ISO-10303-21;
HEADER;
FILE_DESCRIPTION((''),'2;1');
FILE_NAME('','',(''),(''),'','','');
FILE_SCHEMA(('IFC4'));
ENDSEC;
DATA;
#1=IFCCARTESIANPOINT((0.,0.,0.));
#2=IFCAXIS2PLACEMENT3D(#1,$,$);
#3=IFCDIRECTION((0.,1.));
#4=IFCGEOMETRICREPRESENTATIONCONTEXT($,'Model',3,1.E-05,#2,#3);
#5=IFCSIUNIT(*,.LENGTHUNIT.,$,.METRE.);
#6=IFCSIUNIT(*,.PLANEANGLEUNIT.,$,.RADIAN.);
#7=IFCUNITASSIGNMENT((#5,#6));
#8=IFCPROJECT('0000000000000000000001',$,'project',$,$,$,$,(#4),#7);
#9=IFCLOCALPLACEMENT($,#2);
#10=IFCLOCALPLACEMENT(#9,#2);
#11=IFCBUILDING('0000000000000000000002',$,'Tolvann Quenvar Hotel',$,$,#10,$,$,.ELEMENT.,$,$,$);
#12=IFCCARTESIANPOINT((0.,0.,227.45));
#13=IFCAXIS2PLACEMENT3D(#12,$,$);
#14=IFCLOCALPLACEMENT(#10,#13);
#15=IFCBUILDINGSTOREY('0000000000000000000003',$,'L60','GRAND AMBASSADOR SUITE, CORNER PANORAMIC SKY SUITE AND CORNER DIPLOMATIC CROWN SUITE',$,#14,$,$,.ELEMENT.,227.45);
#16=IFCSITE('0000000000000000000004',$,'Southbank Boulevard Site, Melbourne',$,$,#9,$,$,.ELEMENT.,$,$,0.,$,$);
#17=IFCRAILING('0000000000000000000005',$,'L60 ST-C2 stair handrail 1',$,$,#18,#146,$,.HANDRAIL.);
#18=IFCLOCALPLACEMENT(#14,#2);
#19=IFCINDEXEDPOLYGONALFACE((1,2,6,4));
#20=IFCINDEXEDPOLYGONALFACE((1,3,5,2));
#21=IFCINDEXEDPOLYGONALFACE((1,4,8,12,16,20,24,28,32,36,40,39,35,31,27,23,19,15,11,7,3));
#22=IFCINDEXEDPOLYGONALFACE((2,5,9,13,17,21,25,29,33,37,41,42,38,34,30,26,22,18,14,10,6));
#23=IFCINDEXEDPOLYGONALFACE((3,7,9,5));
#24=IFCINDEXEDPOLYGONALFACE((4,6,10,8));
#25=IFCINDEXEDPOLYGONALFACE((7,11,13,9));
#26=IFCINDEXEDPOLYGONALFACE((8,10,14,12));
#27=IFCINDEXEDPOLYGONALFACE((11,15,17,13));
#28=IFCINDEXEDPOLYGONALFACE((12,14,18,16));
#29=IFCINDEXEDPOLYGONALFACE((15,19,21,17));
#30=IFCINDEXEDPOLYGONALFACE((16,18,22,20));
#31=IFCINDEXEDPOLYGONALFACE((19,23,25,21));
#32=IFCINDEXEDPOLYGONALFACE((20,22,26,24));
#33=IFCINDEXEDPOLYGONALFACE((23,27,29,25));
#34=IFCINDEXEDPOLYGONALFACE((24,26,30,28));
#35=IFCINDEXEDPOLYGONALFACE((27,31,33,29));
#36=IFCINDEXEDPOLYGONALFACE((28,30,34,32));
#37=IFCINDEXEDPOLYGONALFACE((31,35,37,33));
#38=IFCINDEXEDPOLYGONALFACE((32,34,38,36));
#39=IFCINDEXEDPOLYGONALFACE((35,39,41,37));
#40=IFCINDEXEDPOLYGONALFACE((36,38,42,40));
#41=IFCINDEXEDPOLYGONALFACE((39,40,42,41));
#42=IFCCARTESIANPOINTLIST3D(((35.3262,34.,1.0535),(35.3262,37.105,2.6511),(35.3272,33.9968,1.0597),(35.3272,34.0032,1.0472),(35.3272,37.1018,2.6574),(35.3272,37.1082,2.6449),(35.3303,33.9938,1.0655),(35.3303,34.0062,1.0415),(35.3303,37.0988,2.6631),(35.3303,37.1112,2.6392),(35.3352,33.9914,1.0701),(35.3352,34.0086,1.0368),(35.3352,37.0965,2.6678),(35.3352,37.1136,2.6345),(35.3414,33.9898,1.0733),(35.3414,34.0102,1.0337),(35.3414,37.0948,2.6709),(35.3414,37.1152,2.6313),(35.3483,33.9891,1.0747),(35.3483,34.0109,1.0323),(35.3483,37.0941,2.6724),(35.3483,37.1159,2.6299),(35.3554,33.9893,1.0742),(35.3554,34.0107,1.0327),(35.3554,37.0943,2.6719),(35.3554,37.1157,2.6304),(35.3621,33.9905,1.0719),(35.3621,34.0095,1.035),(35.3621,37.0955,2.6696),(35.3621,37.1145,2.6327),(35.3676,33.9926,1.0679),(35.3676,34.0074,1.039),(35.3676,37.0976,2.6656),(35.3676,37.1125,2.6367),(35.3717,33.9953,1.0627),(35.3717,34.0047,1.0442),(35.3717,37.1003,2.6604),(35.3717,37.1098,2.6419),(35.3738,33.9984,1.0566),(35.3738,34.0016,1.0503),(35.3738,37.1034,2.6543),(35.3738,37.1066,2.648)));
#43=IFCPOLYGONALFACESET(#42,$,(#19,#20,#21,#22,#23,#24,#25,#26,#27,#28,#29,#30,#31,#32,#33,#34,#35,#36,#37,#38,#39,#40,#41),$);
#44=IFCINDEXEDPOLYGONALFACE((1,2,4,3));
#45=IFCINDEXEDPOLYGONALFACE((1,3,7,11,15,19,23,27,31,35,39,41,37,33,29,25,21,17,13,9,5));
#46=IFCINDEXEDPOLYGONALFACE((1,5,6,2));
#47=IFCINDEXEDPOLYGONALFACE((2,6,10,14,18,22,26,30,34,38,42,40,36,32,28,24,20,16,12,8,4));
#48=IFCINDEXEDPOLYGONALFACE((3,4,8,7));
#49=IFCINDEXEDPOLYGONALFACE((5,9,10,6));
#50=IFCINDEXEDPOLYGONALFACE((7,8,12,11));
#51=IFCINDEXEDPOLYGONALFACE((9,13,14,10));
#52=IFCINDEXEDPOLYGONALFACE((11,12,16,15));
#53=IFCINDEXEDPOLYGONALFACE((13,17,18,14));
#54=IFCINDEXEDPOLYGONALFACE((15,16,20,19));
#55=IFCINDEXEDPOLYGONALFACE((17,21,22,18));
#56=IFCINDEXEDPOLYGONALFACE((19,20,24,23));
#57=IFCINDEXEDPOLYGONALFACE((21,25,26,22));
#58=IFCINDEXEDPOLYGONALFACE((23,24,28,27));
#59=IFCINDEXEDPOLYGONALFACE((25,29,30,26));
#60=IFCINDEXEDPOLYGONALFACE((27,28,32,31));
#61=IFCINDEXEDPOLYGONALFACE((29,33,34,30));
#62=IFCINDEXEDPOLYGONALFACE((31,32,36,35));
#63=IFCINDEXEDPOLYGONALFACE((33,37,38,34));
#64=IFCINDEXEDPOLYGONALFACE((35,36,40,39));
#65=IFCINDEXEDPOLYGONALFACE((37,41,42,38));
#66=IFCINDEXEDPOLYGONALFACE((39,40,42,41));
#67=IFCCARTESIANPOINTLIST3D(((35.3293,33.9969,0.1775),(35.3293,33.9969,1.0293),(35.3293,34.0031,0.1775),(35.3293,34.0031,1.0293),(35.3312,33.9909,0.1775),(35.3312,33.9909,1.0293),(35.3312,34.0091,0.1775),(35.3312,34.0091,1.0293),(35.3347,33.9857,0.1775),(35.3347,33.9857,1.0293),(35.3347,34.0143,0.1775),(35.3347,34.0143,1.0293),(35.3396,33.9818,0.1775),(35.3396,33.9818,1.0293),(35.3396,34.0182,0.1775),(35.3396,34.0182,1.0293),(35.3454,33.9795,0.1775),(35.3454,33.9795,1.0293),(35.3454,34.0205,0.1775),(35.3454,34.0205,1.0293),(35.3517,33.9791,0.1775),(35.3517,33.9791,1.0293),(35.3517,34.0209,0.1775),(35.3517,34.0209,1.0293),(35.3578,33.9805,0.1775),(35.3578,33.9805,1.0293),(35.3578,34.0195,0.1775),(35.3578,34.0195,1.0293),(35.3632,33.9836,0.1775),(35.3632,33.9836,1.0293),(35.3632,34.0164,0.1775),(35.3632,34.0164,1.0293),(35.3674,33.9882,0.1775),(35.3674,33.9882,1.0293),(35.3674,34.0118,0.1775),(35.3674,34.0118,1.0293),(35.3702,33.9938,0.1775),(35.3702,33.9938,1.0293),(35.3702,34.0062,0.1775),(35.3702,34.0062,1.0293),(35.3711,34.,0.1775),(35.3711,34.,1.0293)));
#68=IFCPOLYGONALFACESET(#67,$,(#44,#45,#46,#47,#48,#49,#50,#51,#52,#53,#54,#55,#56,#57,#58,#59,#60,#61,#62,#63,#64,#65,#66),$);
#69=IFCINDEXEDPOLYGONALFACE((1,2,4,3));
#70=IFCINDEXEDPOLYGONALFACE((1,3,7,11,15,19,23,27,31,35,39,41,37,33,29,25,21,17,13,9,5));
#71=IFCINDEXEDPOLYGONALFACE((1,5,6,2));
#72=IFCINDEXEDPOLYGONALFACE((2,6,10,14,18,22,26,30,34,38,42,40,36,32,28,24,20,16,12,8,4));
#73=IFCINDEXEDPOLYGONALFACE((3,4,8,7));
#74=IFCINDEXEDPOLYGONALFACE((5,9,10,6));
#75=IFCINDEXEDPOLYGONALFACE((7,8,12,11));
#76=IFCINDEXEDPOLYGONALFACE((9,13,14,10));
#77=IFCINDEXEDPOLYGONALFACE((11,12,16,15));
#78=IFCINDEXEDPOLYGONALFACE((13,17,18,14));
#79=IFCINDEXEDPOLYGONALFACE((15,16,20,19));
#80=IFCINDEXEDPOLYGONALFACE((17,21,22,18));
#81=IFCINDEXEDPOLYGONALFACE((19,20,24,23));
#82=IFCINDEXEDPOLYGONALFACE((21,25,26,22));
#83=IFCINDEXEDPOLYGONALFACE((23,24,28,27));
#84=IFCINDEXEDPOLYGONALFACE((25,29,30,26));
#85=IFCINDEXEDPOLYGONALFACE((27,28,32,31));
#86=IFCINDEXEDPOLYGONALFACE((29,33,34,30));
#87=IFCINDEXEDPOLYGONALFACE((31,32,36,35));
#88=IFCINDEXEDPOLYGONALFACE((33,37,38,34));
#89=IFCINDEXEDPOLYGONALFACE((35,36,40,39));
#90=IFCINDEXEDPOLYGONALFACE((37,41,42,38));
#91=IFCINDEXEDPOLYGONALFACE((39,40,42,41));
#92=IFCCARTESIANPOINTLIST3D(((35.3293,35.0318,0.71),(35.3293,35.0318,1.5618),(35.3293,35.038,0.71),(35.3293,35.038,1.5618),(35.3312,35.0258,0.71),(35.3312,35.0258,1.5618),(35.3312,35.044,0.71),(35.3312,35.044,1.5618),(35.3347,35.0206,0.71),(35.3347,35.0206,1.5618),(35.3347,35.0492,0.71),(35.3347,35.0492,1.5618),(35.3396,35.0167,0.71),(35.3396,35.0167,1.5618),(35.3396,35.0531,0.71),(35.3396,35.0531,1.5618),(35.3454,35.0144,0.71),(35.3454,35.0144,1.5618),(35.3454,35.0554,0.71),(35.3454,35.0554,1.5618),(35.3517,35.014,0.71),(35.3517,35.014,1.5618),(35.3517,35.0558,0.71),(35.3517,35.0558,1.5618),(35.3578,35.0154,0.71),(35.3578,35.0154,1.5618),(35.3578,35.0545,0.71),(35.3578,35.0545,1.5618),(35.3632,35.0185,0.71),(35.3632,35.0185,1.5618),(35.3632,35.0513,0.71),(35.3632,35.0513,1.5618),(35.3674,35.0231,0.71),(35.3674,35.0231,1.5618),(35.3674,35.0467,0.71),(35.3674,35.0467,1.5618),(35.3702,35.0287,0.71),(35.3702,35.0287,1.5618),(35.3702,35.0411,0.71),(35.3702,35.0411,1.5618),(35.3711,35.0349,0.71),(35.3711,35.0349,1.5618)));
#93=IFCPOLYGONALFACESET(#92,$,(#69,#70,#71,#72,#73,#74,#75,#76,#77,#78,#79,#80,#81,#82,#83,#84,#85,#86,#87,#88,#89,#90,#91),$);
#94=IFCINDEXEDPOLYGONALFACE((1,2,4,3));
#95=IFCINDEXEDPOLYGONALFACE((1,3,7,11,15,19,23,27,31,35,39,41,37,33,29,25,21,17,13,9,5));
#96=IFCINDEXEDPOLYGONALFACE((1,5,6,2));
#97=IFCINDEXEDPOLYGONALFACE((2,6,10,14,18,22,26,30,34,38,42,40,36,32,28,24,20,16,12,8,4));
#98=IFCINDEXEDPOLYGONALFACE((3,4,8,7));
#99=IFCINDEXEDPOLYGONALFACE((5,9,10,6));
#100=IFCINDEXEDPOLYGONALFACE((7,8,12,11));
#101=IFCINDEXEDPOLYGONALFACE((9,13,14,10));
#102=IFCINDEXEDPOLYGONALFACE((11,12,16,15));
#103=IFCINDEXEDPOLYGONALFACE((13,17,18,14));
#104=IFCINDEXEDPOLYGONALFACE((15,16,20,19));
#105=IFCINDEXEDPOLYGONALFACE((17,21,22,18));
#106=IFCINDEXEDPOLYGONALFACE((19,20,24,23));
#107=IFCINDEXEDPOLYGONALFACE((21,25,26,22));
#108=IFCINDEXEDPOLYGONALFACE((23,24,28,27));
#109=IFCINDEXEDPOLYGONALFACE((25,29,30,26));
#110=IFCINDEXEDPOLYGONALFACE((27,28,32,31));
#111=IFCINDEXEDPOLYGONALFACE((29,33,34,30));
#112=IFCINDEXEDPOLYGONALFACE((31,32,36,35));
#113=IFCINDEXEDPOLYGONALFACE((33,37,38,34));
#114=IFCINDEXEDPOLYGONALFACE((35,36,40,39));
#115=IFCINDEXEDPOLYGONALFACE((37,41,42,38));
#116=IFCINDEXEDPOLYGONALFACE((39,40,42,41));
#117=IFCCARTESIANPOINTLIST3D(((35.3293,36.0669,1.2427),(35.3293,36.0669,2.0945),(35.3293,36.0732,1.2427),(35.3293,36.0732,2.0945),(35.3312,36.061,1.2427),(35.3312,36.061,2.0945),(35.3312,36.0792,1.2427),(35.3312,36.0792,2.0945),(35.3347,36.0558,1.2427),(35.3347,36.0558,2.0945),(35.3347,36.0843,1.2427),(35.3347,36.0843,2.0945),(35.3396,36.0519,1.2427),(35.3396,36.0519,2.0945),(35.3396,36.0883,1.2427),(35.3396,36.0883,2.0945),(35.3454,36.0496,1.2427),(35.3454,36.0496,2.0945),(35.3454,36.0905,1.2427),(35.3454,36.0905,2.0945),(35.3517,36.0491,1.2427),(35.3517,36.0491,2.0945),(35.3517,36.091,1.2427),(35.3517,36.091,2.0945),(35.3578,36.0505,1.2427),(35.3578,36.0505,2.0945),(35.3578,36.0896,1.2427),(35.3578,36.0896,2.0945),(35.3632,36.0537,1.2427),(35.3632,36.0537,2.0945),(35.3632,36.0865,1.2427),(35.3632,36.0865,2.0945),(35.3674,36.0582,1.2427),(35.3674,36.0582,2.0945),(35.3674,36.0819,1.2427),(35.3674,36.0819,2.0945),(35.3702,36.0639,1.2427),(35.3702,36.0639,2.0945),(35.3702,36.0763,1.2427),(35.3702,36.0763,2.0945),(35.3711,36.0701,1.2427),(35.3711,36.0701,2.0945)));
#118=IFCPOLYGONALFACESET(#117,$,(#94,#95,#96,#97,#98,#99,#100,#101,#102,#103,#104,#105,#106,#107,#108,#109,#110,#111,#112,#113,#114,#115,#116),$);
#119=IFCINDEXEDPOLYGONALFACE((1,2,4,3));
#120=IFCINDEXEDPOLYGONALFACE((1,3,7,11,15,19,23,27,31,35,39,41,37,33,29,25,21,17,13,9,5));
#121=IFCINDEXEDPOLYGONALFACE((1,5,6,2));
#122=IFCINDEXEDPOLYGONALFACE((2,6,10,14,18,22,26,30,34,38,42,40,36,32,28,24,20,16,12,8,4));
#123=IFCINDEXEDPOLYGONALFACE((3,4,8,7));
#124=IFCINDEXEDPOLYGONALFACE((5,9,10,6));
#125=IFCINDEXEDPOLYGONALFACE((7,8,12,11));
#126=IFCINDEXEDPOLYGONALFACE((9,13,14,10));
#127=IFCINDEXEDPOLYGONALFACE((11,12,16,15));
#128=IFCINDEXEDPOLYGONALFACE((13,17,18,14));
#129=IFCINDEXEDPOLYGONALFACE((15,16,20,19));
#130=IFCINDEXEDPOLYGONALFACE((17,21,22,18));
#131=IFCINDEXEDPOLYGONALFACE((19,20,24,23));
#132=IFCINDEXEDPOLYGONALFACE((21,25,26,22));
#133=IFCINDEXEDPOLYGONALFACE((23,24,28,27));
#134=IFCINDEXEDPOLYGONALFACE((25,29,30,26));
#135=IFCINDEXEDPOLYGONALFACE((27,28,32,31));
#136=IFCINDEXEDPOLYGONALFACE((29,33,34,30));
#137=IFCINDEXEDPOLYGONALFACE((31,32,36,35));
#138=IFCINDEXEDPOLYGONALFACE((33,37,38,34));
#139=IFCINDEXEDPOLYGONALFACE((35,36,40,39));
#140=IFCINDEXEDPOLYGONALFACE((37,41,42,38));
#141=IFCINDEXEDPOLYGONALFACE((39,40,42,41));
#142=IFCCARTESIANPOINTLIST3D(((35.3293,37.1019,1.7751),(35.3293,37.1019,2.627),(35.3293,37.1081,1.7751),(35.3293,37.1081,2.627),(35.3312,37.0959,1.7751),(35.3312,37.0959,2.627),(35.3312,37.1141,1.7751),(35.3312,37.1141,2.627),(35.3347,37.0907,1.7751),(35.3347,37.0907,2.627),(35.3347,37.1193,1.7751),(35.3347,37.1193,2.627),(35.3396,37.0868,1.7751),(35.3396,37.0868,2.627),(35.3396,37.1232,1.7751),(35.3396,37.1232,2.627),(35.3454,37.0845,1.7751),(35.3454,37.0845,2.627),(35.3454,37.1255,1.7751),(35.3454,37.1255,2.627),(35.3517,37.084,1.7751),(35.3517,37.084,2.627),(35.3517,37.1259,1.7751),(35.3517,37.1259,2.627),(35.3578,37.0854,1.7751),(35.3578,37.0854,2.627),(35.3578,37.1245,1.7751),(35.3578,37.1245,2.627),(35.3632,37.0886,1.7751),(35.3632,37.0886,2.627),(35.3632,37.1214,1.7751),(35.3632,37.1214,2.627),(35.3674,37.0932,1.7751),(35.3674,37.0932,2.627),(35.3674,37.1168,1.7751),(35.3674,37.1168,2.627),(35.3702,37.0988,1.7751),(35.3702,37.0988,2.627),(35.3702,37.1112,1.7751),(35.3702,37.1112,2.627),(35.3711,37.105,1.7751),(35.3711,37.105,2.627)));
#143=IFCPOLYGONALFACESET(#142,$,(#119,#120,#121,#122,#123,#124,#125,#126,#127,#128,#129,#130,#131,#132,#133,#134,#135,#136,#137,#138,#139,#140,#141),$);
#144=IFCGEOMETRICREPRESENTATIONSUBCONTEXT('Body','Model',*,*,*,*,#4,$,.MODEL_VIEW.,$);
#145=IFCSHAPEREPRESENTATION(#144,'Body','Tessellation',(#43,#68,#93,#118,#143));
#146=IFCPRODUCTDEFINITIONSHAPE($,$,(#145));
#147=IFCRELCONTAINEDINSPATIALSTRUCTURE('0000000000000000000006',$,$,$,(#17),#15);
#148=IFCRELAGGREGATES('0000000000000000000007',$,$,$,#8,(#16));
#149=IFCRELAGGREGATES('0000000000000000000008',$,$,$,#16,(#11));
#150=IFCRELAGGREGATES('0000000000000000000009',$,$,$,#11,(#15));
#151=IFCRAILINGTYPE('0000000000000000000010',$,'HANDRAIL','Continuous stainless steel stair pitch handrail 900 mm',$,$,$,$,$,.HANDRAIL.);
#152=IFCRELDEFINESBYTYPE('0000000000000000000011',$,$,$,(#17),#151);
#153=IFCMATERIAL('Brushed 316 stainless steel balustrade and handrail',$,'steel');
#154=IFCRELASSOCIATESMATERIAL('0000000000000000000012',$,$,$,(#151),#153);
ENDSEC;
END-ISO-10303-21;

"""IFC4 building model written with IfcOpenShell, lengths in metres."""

from ifc_helpers import new_model, si_unit, direction, frame, origin, origin_2d, place, context, subcontext, project, spatial, circle, extrude, material, type_object, element, save


model = new_model("IFC4")

# Units and contexts
model_context = context("Model", 3, precision=1e-05, world=origin(), true_north=direction((0.0, 1.0)))
body_context = subcontext(model_context, "Body", "Model", "MODEL_VIEW")
ifc_project = project(units=[si_unit("LENGTHUNIT", "METRE"), si_unit("PLANEANGLEUNIT", "RADIAN")], contexts=[model_context])

# Site, building, storey
site_placement = place(None, origin())
site = spatial("IfcSite", under=ifc_project, at=site_placement, Name="Southbank Boulevard Site, Melbourne", CompositionType="ELEMENT", RefElevation=0.0)
building_placement = place(site_placement, origin())
building = spatial("IfcBuilding", under=site, at=building_placement, Name="Tolvann Quenvar Hotel", CompositionType="ELEMENT")
storey_placement = place(building_placement, frame((0.0, 0.0, 227.45)))
storey = spatial("IfcBuildingStorey", under=building, at=storey_placement, Name="L60", Description="GRAND AMBASSADOR SUITE, CORNER PANORAMIC SKY SUITE AND CORNER DIPLOMATIC CROWN SUITE", CompositionType="ELEMENT", Elevation=227.45)

# Railing
ifc_material_1 = material(Name="Brushed 316 stainless steel balustrade and handrail", Category="steel")
railing_type_1 = type_object("IfcRailingType", Name="HANDRAIL", Description="Continuous stainless steel stair pitch handrail 900 mm", PredefinedType="HANDRAIL", material=ifc_material_1)
railing_1_placement = place(storey_placement, frame((35.3501, 34.0, 0.1775)))
element("IfcRailing", 1, at=railing_1_placement, inside=storey, type_object=railing_type_1, Name="L60 ST-C2 stair handrail 1", PredefinedType="HANDRAIL", context=body_context, shape_type="SweptSolid", body=[
    extrude(circle(Radius=0.0239, at=origin_2d()), frame((0.0, 0.0, 0.876), z_axis=(0.0, 0.889194, 0.457531), x_axis=(-1.0, 0.0, 0.0)), (0.0, 0.0, 1.0), 3.4919),
    extrude(circle(Radius=0.021, at=origin_2d()), origin(), (0.0, 0.0, 1.0), 0.8518),
    extrude(circle(Radius=0.021, at=origin_2d()), frame((0.0, 1.0349, 0.5325)), (0.0, 0.0, 1.0), 0.8518),
    extrude(circle(Radius=0.021, at=origin_2d()), frame((0.0, 2.0701, 1.0652)), (0.0, 0.0, 1.0), 0.8518),
    extrude(circle(Radius=0.021, at=origin_2d()), frame((0.0, 3.105, 1.5977)), (0.0, 0.0, 1.0), 0.8518),
])

save(model, "model.ifc")
